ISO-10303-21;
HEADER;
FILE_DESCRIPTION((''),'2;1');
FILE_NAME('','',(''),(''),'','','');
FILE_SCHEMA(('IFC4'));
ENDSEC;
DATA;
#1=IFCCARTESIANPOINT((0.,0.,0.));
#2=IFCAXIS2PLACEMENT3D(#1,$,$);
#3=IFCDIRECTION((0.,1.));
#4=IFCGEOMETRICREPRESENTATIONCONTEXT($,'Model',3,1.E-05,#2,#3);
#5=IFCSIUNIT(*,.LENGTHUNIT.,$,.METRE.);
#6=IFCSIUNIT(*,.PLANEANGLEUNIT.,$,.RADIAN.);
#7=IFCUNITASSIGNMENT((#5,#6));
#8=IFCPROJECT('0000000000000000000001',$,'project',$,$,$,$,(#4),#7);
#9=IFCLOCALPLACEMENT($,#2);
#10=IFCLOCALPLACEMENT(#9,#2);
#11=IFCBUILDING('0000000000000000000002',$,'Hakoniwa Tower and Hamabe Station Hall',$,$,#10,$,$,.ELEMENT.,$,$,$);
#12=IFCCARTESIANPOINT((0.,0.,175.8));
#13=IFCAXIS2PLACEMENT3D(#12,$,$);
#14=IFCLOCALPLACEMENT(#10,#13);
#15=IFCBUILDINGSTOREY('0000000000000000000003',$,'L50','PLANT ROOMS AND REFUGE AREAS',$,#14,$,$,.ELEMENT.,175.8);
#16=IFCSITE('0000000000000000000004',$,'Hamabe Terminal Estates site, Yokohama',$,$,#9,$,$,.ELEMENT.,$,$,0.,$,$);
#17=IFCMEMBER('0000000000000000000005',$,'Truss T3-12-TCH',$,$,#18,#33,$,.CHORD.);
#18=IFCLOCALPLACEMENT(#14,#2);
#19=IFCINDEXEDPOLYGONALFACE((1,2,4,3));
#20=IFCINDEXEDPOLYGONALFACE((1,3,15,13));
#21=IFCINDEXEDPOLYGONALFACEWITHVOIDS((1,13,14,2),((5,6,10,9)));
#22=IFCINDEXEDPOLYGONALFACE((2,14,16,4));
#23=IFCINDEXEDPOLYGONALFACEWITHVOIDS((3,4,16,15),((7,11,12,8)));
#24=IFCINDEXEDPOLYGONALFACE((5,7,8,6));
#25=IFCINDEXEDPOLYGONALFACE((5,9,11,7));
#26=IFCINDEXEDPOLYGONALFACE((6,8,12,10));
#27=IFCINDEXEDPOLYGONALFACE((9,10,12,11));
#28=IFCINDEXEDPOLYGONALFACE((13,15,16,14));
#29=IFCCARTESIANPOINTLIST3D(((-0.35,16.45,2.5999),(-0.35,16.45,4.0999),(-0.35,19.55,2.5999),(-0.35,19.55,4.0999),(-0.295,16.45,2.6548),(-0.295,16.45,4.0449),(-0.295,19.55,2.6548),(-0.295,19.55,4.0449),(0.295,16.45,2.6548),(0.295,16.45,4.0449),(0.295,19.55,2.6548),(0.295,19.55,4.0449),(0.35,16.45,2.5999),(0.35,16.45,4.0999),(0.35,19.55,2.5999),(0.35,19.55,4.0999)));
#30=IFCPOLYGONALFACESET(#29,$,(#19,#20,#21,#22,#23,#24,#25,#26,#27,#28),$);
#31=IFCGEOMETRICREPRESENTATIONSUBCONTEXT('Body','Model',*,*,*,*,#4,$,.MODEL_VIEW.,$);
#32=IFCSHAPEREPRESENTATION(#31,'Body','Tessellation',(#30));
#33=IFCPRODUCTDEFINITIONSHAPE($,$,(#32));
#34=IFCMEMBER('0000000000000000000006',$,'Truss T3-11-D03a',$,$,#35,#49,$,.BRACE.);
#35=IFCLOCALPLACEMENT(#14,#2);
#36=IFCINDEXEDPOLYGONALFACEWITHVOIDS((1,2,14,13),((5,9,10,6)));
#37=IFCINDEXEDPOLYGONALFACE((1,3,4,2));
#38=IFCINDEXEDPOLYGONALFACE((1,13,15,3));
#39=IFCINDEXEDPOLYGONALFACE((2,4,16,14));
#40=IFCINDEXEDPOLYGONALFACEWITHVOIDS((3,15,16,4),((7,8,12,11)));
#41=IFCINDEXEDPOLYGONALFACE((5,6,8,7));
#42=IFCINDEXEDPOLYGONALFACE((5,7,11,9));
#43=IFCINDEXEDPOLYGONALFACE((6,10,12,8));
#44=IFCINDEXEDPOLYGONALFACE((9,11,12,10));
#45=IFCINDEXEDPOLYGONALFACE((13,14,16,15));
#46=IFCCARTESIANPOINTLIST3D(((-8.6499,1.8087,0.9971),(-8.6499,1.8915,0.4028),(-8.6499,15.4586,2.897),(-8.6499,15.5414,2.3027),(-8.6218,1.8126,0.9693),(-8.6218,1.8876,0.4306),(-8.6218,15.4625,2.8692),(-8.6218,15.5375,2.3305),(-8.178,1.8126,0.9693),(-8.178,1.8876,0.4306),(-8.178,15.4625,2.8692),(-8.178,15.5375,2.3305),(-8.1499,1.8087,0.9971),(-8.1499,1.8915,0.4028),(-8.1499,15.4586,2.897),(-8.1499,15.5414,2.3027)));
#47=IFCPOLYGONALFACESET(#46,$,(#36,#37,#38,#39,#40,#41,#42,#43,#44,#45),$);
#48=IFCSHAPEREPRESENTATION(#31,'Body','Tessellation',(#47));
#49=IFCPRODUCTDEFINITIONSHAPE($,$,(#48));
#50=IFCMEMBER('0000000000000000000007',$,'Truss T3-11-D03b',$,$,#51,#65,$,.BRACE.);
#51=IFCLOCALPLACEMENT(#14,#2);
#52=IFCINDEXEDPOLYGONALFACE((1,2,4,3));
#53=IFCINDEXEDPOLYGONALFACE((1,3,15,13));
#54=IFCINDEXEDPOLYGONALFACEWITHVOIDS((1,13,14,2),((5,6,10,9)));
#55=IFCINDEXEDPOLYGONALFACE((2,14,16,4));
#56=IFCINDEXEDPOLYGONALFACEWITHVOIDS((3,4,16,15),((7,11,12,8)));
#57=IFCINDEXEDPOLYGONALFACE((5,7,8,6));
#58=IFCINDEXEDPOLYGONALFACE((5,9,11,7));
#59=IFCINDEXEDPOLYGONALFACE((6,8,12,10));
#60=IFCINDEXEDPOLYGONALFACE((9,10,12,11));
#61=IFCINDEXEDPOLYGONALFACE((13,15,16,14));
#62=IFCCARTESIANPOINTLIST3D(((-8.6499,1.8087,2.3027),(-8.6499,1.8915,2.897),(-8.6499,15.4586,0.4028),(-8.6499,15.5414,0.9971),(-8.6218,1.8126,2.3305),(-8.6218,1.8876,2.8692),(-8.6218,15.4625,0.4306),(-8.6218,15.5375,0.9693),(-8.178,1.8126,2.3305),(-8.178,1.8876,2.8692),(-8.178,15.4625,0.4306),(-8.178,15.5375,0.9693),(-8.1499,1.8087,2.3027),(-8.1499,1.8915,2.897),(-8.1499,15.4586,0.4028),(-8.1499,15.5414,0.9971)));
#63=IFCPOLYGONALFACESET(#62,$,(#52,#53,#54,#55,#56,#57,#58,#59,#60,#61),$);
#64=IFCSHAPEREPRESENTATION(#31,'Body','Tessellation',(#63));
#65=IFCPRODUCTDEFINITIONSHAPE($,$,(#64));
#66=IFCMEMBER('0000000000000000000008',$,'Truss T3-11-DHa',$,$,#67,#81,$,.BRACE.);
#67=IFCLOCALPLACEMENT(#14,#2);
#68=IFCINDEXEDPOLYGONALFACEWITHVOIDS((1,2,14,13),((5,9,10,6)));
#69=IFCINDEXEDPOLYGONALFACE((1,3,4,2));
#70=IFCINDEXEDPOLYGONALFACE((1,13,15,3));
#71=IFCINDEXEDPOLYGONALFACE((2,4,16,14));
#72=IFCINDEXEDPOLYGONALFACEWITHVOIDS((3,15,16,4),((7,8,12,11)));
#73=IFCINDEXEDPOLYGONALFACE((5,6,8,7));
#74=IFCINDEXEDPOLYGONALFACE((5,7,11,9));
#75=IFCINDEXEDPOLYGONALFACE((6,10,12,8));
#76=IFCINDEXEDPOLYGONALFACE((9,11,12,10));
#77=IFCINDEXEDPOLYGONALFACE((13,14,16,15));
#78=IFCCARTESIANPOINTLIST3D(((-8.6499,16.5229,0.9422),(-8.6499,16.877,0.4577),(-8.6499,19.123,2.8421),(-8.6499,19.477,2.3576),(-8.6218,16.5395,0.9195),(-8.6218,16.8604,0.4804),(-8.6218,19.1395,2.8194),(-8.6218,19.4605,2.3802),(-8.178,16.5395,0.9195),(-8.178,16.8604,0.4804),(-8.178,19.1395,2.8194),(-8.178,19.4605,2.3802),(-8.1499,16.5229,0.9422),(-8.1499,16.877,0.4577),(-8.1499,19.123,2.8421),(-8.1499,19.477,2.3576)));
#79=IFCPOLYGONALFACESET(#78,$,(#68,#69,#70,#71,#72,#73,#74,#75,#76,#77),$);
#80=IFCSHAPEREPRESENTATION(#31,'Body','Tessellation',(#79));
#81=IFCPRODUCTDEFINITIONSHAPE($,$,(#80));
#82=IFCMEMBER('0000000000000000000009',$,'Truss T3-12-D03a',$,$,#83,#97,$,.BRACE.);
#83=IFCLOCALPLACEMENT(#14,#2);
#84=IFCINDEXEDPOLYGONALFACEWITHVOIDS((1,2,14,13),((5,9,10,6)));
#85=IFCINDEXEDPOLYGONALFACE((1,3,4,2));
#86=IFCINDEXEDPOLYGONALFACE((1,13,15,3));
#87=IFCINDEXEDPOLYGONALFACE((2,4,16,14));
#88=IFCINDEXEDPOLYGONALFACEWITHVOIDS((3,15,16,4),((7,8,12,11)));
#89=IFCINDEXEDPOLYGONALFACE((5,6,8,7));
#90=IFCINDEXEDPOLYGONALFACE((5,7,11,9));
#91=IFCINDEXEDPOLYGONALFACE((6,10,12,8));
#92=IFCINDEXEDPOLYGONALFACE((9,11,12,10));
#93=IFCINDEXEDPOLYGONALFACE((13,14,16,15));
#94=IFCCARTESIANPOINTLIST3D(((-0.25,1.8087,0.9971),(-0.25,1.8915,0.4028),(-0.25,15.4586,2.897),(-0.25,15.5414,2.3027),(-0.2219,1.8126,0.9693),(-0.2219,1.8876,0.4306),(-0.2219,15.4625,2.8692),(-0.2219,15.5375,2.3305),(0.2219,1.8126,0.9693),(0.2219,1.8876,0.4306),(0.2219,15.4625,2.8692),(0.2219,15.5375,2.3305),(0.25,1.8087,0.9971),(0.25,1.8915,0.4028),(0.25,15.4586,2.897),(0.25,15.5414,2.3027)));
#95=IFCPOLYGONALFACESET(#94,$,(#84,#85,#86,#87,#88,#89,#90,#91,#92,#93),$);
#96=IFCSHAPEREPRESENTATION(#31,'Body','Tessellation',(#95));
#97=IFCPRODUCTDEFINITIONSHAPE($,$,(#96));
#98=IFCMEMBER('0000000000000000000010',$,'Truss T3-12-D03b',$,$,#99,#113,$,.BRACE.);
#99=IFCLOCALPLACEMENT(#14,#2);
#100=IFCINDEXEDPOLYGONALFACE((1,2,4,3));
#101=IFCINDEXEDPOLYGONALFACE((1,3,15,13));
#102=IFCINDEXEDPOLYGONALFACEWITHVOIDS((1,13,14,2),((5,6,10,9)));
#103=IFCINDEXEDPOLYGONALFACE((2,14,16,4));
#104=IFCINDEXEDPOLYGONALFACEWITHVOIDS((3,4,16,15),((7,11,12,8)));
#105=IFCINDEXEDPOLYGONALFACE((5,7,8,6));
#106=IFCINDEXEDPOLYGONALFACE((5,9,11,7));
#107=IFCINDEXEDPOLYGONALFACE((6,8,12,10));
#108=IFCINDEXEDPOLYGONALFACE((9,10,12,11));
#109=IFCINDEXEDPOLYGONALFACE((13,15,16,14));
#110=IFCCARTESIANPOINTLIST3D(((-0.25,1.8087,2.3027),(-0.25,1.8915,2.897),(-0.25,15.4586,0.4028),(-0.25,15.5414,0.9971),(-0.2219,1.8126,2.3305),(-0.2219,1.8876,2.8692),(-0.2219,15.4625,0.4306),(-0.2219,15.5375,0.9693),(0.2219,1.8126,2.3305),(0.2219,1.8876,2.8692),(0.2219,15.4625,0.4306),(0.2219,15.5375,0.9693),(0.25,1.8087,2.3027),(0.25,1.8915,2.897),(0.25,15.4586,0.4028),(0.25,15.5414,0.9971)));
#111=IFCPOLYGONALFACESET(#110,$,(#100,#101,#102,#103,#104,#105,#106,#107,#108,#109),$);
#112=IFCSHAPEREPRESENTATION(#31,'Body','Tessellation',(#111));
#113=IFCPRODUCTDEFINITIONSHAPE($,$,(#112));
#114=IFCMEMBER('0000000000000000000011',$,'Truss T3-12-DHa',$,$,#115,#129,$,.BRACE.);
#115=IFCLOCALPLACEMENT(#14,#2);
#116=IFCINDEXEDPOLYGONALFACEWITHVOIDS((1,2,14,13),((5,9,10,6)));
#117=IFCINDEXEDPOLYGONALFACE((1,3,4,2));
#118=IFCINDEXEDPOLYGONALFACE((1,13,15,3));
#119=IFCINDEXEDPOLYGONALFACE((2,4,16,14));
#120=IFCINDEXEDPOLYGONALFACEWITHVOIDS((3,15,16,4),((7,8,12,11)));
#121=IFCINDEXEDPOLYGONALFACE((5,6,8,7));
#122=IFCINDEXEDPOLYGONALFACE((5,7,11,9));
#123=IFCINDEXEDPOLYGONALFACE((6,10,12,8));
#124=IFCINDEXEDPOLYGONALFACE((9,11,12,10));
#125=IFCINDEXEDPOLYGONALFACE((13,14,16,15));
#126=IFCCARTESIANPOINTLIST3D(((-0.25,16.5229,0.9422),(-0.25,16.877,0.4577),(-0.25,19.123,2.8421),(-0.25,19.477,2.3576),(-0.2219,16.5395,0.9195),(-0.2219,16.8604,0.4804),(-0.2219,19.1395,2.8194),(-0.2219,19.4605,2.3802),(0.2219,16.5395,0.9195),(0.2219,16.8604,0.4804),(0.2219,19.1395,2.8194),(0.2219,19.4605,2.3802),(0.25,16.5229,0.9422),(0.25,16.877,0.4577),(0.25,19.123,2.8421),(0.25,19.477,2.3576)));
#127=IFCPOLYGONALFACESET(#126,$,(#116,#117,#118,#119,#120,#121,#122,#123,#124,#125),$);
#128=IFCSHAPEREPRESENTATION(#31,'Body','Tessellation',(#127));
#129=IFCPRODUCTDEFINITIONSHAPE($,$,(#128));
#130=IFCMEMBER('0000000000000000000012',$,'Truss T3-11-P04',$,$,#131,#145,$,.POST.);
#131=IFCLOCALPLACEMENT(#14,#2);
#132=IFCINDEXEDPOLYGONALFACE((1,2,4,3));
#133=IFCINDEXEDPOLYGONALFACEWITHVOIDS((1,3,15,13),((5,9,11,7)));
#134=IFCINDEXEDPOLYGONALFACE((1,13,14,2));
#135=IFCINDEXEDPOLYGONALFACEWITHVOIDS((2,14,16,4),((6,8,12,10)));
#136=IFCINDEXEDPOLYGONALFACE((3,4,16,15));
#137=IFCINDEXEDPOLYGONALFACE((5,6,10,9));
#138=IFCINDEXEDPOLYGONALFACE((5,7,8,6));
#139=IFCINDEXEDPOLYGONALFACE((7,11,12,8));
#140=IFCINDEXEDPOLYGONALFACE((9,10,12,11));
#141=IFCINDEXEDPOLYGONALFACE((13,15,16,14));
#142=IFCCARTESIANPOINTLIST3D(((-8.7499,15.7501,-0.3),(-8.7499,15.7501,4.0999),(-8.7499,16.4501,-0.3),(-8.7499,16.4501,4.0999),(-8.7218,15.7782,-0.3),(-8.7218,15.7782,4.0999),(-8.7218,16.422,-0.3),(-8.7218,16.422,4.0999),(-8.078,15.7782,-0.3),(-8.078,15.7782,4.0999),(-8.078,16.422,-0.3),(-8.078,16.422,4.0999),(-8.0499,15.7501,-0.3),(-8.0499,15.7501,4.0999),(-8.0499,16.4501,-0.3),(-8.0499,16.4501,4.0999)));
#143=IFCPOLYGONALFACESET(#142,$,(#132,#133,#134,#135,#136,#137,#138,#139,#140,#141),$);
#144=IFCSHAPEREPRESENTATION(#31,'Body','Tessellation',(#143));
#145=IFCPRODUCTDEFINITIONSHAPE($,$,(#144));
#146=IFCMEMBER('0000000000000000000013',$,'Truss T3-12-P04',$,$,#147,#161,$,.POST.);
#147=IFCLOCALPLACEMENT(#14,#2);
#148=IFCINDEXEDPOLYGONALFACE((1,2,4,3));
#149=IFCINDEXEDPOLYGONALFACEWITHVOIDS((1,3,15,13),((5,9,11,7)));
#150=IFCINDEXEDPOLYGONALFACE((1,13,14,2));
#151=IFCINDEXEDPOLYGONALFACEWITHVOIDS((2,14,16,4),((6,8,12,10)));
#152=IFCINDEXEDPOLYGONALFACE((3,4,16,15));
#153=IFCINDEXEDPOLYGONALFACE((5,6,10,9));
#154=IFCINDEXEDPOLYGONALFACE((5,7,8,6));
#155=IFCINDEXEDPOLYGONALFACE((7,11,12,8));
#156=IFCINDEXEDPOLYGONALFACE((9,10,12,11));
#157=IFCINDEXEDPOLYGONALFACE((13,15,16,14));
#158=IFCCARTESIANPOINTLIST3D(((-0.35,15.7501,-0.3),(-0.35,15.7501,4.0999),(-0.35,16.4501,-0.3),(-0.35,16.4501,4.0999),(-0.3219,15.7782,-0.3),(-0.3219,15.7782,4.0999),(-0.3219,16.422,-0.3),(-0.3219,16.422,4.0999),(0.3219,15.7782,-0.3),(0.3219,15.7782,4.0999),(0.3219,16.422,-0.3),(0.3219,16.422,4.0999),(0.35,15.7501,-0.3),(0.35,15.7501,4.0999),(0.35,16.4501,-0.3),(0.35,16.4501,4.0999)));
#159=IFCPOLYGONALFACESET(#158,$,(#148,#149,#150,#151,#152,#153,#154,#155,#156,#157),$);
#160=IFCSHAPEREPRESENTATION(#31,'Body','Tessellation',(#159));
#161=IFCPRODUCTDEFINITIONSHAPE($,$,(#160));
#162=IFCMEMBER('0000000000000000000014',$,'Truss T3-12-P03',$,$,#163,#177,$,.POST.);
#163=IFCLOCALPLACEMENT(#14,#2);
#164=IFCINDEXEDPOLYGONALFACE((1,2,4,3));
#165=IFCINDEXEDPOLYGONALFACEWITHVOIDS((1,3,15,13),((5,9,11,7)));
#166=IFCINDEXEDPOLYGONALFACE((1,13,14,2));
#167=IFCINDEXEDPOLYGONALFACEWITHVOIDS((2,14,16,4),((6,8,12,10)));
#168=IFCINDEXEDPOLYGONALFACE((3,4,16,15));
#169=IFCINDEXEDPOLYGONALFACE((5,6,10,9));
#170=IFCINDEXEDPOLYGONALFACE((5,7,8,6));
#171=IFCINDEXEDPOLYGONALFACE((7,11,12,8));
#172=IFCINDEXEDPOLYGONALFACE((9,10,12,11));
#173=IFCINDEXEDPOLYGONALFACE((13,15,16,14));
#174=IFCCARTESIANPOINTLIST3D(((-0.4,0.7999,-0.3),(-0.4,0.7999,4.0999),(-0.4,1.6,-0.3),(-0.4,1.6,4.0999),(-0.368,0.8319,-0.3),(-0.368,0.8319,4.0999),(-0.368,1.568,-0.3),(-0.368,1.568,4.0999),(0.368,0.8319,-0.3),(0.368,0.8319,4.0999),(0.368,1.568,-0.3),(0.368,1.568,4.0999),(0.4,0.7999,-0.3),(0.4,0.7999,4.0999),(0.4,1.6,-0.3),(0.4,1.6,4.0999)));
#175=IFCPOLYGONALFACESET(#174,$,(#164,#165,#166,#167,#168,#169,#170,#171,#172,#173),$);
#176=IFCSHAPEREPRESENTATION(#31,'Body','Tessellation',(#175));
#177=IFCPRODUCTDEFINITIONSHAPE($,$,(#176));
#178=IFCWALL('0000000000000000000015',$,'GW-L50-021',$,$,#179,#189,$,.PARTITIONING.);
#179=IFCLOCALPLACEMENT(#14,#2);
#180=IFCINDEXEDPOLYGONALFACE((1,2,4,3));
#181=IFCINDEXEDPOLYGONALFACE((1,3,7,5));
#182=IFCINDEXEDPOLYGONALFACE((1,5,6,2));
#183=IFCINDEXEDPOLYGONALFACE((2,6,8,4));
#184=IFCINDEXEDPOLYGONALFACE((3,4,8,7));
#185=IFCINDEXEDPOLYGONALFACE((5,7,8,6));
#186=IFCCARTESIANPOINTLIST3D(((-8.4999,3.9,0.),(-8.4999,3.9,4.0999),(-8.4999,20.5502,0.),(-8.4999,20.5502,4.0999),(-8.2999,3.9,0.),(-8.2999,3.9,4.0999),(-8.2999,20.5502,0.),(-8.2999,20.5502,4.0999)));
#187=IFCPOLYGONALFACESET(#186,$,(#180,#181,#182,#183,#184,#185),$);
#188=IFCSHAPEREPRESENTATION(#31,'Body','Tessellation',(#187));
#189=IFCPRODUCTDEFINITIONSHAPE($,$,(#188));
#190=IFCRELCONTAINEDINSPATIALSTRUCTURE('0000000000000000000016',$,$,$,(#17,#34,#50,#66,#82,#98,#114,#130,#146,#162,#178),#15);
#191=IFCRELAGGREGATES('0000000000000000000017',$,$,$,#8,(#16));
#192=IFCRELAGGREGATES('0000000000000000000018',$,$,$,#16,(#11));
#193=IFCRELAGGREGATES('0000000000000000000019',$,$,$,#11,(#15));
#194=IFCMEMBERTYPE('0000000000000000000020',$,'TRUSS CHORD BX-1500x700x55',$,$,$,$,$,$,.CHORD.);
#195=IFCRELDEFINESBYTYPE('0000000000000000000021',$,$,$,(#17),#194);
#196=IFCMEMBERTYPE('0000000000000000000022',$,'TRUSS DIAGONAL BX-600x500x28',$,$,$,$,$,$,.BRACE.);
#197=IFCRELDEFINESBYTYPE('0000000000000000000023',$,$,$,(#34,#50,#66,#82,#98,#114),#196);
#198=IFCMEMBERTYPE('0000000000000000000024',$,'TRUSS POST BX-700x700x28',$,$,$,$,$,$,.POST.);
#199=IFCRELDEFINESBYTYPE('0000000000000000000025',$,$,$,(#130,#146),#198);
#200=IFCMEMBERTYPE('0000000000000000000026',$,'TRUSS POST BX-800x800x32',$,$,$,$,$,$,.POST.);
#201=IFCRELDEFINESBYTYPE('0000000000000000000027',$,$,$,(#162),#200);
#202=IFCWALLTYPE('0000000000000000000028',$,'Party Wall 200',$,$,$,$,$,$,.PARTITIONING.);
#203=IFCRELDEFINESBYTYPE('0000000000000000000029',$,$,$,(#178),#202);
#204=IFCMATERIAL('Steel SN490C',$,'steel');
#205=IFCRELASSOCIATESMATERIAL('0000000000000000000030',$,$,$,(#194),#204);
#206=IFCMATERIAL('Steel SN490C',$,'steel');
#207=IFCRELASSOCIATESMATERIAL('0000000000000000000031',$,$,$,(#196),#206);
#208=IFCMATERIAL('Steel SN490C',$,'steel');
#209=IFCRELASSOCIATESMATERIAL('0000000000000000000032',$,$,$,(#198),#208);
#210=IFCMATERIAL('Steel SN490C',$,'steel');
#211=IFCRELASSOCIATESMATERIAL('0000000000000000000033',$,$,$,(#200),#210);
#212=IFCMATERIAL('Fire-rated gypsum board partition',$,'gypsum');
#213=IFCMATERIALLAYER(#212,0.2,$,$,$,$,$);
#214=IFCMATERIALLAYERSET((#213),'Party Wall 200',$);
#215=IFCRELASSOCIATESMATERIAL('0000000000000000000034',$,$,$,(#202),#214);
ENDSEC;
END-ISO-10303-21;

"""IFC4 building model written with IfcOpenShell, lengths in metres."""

from ifc_helpers import new_model, si_unit, direction, frame, frame_2d, origin, origin_2d, place, context, subcontext, project, spatial, rectangle, hollow_rectangle, extrude, material, layer, layer_set, material_profile, profile_set, type_object, element, save


model = new_model("IFC4")

# Units and contexts
model_context = context("Model", 3, precision=1e-05, world=origin(), true_north=direction((0.0, 1.0)))
body_context = subcontext(model_context, "Body", "Model", "MODEL_VIEW")
ifc_project = project(units=[si_unit("LENGTHUNIT", "METRE"), si_unit("PLANEANGLEUNIT", "RADIAN")], contexts=[model_context])

# Site, building, storey
site_placement = place(None, origin())
site = spatial("IfcSite", under=ifc_project, at=site_placement, Name="Hamabe Terminal Estates site, Yokohama", CompositionType="ELEMENT", RefElevation=0.0)
building_placement = place(site_placement, origin())
building = spatial("IfcBuilding", under=site, at=building_placement, Name="Hakoniwa Tower and Hamabe Station Hall", CompositionType="ELEMENT")
storey_placement = place(building_placement, frame((0.0, 0.0, 175.8)))
storey = spatial("IfcBuildingStorey", under=building, at=storey_placement, Name="L50", Description="PLANT ROOMS AND REFUGE AREAS", CompositionType="ELEMENT", Elevation=175.8)

# Members
ifc_material_1 = material(Name="Steel SN490C", Category="steel")
ifc_material_profile_1 = material_profile(ifc_material_1, hollow_rectangle(XDim=0.7, YDim=1.5, WallThickness=0.0549, at=origin_2d()), Name="BX-1500x700x55")
ifc_profile_set_1 = profile_set([ifc_material_profile_1], Name="Steel SN490C")
member_type_1 = type_object("IfcMemberType", Name="TRUSS CHORD BX-1500x700x55", PredefinedType="CHORD", material=ifc_profile_set_1)
member_1_placement = place(storey_placement, frame((0.0, 16.45, 3.3499), z_axis=(0.0, 1.0, 0.0), x_axis=(-1.0, 0.0, 0.0)))
element("IfcMember", 1, at=member_1_placement, inside=storey, type_object=member_type_1, Name="Truss T3-12-TCH", PredefinedType="CHORD", context=body_context, shape_type="SweptSolid", body=[
    extrude(hollow_rectangle(XDim=0.7, YDim=1.5, WallThickness=0.0549, at=origin_2d()), origin(), (0.0, 0.0, 1.0), 3.1001),
])
ifc_material_2 = material(Name="Steel SN490C", Category="steel")
ifc_material_profile_2 = material_profile(ifc_material_2, hollow_rectangle(XDim=0.5, YDim=0.6001, WallThickness=0.0281, at=origin_2d()), Name="BX-600x500x28")
ifc_profile_set_2 = profile_set([ifc_material_profile_2], Name="Steel SN490C")
member_type_2 = type_object("IfcMemberType", Name="TRUSS DIAGONAL BX-600x500x28", PredefinedType="BRACE", material=ifc_profile_set_2)
for number, where, z_axis, x_axis, name in (
    (2, (-8.3999, 1.8501, 0.7), (0.0, 0.990452, 0.137859), (-1.0, 0.0, 0.0), "Truss T3-11-D03a"),
    (3, (-8.3999, 1.8501, 2.5999), (0.0, 0.990452, -0.137859), (-1.0, 0.0, 0.0), "Truss T3-11-D03b"),
):
    element("IfcMember", number, at=place(storey_placement, frame(where, z_axis=z_axis, x_axis=x_axis)), inside=storey, type_object=member_type_2, Name=name, PredefinedType="BRACE", context=body_context, shape_type="SweptSolid", body=[
        extrude(hollow_rectangle(XDim=0.5, YDim=0.6001, WallThickness=0.0281, at=origin_2d()), origin(), (0.0, 0.0, 1.0), 13.7815),
    ])
member_2_placement = place(storey_placement, frame((-8.3999, 16.7, 0.7), z_axis=(0.0, 0.807416, 0.589982), x_axis=(-1.0, 0.0, 0.0)))
element("IfcMember", 4, at=member_2_placement, inside=storey, type_object=member_type_2, Name="Truss T3-11-DHa", PredefinedType="BRACE", context=body_context, shape_type="SweptSolid", body=[
    extrude(hollow_rectangle(XDim=0.5, YDim=0.6001, WallThickness=0.0281, at=origin_2d()), origin(), (0.0, 0.0, 1.0), 3.2202),
])
for number, where, z_axis, x_axis, name in (
    (5, (0.0, 1.8501, 0.7), (0.0, 0.990452, 0.137859), (-1.0, 0.0, 0.0), "Truss T3-12-D03a"),
    (6, (0.0, 1.8501, 2.5999), (0.0, 0.990452, -0.137859), (-1.0, 0.0, 0.0), "Truss T3-12-D03b"),
):
    element("IfcMember", number, at=place(storey_placement, frame(where, z_axis=z_axis, x_axis=x_axis)), inside=storey, type_object=member_type_2, Name=name, PredefinedType="BRACE", context=body_context, shape_type="SweptSolid", body=[
        extrude(hollow_rectangle(XDim=0.5, YDim=0.6001, WallThickness=0.0281, at=origin_2d()), origin(), (0.0, 0.0, 1.0), 13.7815),
    ])
member_3_placement = place(storey_placement, frame((0.0, 16.7, 0.7), z_axis=(0.0, 0.807416, 0.589982), x_axis=(-1.0, 0.0, 0.0)))
element("IfcMember", 7, at=member_3_placement, inside=storey, type_object=member_type_2, Name="Truss T3-12-DHa", PredefinedType="BRACE", context=body_context, shape_type="SweptSolid", body=[
    extrude(hollow_rectangle(XDim=0.5, YDim=0.6001, WallThickness=0.0281, at=origin_2d()), origin(), (0.0, 0.0, 1.0), 3.2202),
])
ifc_material_3 = material(Name="Steel SN490C", Category="steel")
ifc_material_profile_3 = material_profile(ifc_material_3, hollow_rectangle(XDim=0.7, YDim=0.7, WallThickness=0.0281, at=origin_2d()), Name="BX-700x700x28")
ifc_profile_set_3 = profile_set([ifc_material_profile_3], Name="Steel SN490C")
member_type_3 = type_object("IfcMemberType", Name="TRUSS POST BX-700x700x28", PredefinedType="POST", material=ifc_profile_set_3)
for number, where, z_axis, x_axis, name in (
    (8, (-8.3999, 16.1001, -0.3), (0.0, 0.0, 1.0), (1.0, 0.0, 0.0), "Truss T3-11-P04"),
    (9, (0.0, 16.1001, -0.3), (0.0, 0.0, 1.0), (1.0, 0.0, 0.0), "Truss T3-12-P04"),
):
    element("IfcMember", number, at=place(storey_placement, frame(where, z_axis=z_axis, x_axis=x_axis)), inside=storey, type_object=member_type_3, Name=name, PredefinedType="POST", context=body_context, shape_type="SweptSolid", body=[
        extrude(hollow_rectangle(XDim=0.7, YDim=0.7, WallThickness=0.0281, at=origin_2d()), origin(), (0.0, 0.0, 1.0), 4.3999),
    ])
ifc_material_4 = material(Name="Steel SN490C", Category="steel")
ifc_material_profile_4 = material_profile(ifc_material_4, hollow_rectangle(XDim=0.8, YDim=0.8, WallThickness=0.032, at=origin_2d()), Name="BX-800x800x32")
ifc_profile_set_4 = profile_set([ifc_material_profile_4], Name="Steel SN490C")
member_type_4 = type_object("IfcMemberType", Name="TRUSS POST BX-800x800x32", PredefinedType="POST", material=ifc_profile_set_4)
member_4_placement = place(storey_placement, frame((0.0, 1.2, -0.3), z_axis=(0.0, 0.0, 1.0), x_axis=(1.0, 0.0, 0.0)))
element("IfcMember", 10, at=member_4_placement, inside=storey, type_object=member_type_4, Name="Truss T3-12-P03", PredefinedType="POST", context=body_context, shape_type="SweptSolid", body=[
    extrude(hollow_rectangle(XDim=0.8, YDim=0.8, WallThickness=0.032, at=origin_2d()), origin(), (0.0, 0.0, 1.0), 4.3999),
])

# Wall
ifc_material_5 = material(Name="Fire-rated gypsum board partition", Category="gypsum")
ifc_layer_1 = layer(ifc_material_5, 0.2)
ifc_layer_set_1 = layer_set([ifc_layer_1], Name="Party Wall 200")
wall_type = type_object("IfcWallType", Name="Party Wall 200", PredefinedType="PARTITIONING", material=ifc_layer_set_1)
wall_placement = place(storey_placement, frame((-8.3999, 3.8999, 0.0), z_axis=(0.0, 0.0, 1.0), x_axis=(0.0, 1.0, 0.0)))
element("IfcWall", 11, at=wall_placement, inside=storey, type_object=wall_type, Name="GW-L50-021", PredefinedType="PARTITIONING", context=body_context, shape_type="SweptSolid", body=[
    extrude(rectangle(XDim=16.6501, YDim=0.2, at=frame_2d((8.3252, 0.0))), origin(), (0.0, 0.0, 1.0), 4.0999),
])

save(model, "model.ifc")
